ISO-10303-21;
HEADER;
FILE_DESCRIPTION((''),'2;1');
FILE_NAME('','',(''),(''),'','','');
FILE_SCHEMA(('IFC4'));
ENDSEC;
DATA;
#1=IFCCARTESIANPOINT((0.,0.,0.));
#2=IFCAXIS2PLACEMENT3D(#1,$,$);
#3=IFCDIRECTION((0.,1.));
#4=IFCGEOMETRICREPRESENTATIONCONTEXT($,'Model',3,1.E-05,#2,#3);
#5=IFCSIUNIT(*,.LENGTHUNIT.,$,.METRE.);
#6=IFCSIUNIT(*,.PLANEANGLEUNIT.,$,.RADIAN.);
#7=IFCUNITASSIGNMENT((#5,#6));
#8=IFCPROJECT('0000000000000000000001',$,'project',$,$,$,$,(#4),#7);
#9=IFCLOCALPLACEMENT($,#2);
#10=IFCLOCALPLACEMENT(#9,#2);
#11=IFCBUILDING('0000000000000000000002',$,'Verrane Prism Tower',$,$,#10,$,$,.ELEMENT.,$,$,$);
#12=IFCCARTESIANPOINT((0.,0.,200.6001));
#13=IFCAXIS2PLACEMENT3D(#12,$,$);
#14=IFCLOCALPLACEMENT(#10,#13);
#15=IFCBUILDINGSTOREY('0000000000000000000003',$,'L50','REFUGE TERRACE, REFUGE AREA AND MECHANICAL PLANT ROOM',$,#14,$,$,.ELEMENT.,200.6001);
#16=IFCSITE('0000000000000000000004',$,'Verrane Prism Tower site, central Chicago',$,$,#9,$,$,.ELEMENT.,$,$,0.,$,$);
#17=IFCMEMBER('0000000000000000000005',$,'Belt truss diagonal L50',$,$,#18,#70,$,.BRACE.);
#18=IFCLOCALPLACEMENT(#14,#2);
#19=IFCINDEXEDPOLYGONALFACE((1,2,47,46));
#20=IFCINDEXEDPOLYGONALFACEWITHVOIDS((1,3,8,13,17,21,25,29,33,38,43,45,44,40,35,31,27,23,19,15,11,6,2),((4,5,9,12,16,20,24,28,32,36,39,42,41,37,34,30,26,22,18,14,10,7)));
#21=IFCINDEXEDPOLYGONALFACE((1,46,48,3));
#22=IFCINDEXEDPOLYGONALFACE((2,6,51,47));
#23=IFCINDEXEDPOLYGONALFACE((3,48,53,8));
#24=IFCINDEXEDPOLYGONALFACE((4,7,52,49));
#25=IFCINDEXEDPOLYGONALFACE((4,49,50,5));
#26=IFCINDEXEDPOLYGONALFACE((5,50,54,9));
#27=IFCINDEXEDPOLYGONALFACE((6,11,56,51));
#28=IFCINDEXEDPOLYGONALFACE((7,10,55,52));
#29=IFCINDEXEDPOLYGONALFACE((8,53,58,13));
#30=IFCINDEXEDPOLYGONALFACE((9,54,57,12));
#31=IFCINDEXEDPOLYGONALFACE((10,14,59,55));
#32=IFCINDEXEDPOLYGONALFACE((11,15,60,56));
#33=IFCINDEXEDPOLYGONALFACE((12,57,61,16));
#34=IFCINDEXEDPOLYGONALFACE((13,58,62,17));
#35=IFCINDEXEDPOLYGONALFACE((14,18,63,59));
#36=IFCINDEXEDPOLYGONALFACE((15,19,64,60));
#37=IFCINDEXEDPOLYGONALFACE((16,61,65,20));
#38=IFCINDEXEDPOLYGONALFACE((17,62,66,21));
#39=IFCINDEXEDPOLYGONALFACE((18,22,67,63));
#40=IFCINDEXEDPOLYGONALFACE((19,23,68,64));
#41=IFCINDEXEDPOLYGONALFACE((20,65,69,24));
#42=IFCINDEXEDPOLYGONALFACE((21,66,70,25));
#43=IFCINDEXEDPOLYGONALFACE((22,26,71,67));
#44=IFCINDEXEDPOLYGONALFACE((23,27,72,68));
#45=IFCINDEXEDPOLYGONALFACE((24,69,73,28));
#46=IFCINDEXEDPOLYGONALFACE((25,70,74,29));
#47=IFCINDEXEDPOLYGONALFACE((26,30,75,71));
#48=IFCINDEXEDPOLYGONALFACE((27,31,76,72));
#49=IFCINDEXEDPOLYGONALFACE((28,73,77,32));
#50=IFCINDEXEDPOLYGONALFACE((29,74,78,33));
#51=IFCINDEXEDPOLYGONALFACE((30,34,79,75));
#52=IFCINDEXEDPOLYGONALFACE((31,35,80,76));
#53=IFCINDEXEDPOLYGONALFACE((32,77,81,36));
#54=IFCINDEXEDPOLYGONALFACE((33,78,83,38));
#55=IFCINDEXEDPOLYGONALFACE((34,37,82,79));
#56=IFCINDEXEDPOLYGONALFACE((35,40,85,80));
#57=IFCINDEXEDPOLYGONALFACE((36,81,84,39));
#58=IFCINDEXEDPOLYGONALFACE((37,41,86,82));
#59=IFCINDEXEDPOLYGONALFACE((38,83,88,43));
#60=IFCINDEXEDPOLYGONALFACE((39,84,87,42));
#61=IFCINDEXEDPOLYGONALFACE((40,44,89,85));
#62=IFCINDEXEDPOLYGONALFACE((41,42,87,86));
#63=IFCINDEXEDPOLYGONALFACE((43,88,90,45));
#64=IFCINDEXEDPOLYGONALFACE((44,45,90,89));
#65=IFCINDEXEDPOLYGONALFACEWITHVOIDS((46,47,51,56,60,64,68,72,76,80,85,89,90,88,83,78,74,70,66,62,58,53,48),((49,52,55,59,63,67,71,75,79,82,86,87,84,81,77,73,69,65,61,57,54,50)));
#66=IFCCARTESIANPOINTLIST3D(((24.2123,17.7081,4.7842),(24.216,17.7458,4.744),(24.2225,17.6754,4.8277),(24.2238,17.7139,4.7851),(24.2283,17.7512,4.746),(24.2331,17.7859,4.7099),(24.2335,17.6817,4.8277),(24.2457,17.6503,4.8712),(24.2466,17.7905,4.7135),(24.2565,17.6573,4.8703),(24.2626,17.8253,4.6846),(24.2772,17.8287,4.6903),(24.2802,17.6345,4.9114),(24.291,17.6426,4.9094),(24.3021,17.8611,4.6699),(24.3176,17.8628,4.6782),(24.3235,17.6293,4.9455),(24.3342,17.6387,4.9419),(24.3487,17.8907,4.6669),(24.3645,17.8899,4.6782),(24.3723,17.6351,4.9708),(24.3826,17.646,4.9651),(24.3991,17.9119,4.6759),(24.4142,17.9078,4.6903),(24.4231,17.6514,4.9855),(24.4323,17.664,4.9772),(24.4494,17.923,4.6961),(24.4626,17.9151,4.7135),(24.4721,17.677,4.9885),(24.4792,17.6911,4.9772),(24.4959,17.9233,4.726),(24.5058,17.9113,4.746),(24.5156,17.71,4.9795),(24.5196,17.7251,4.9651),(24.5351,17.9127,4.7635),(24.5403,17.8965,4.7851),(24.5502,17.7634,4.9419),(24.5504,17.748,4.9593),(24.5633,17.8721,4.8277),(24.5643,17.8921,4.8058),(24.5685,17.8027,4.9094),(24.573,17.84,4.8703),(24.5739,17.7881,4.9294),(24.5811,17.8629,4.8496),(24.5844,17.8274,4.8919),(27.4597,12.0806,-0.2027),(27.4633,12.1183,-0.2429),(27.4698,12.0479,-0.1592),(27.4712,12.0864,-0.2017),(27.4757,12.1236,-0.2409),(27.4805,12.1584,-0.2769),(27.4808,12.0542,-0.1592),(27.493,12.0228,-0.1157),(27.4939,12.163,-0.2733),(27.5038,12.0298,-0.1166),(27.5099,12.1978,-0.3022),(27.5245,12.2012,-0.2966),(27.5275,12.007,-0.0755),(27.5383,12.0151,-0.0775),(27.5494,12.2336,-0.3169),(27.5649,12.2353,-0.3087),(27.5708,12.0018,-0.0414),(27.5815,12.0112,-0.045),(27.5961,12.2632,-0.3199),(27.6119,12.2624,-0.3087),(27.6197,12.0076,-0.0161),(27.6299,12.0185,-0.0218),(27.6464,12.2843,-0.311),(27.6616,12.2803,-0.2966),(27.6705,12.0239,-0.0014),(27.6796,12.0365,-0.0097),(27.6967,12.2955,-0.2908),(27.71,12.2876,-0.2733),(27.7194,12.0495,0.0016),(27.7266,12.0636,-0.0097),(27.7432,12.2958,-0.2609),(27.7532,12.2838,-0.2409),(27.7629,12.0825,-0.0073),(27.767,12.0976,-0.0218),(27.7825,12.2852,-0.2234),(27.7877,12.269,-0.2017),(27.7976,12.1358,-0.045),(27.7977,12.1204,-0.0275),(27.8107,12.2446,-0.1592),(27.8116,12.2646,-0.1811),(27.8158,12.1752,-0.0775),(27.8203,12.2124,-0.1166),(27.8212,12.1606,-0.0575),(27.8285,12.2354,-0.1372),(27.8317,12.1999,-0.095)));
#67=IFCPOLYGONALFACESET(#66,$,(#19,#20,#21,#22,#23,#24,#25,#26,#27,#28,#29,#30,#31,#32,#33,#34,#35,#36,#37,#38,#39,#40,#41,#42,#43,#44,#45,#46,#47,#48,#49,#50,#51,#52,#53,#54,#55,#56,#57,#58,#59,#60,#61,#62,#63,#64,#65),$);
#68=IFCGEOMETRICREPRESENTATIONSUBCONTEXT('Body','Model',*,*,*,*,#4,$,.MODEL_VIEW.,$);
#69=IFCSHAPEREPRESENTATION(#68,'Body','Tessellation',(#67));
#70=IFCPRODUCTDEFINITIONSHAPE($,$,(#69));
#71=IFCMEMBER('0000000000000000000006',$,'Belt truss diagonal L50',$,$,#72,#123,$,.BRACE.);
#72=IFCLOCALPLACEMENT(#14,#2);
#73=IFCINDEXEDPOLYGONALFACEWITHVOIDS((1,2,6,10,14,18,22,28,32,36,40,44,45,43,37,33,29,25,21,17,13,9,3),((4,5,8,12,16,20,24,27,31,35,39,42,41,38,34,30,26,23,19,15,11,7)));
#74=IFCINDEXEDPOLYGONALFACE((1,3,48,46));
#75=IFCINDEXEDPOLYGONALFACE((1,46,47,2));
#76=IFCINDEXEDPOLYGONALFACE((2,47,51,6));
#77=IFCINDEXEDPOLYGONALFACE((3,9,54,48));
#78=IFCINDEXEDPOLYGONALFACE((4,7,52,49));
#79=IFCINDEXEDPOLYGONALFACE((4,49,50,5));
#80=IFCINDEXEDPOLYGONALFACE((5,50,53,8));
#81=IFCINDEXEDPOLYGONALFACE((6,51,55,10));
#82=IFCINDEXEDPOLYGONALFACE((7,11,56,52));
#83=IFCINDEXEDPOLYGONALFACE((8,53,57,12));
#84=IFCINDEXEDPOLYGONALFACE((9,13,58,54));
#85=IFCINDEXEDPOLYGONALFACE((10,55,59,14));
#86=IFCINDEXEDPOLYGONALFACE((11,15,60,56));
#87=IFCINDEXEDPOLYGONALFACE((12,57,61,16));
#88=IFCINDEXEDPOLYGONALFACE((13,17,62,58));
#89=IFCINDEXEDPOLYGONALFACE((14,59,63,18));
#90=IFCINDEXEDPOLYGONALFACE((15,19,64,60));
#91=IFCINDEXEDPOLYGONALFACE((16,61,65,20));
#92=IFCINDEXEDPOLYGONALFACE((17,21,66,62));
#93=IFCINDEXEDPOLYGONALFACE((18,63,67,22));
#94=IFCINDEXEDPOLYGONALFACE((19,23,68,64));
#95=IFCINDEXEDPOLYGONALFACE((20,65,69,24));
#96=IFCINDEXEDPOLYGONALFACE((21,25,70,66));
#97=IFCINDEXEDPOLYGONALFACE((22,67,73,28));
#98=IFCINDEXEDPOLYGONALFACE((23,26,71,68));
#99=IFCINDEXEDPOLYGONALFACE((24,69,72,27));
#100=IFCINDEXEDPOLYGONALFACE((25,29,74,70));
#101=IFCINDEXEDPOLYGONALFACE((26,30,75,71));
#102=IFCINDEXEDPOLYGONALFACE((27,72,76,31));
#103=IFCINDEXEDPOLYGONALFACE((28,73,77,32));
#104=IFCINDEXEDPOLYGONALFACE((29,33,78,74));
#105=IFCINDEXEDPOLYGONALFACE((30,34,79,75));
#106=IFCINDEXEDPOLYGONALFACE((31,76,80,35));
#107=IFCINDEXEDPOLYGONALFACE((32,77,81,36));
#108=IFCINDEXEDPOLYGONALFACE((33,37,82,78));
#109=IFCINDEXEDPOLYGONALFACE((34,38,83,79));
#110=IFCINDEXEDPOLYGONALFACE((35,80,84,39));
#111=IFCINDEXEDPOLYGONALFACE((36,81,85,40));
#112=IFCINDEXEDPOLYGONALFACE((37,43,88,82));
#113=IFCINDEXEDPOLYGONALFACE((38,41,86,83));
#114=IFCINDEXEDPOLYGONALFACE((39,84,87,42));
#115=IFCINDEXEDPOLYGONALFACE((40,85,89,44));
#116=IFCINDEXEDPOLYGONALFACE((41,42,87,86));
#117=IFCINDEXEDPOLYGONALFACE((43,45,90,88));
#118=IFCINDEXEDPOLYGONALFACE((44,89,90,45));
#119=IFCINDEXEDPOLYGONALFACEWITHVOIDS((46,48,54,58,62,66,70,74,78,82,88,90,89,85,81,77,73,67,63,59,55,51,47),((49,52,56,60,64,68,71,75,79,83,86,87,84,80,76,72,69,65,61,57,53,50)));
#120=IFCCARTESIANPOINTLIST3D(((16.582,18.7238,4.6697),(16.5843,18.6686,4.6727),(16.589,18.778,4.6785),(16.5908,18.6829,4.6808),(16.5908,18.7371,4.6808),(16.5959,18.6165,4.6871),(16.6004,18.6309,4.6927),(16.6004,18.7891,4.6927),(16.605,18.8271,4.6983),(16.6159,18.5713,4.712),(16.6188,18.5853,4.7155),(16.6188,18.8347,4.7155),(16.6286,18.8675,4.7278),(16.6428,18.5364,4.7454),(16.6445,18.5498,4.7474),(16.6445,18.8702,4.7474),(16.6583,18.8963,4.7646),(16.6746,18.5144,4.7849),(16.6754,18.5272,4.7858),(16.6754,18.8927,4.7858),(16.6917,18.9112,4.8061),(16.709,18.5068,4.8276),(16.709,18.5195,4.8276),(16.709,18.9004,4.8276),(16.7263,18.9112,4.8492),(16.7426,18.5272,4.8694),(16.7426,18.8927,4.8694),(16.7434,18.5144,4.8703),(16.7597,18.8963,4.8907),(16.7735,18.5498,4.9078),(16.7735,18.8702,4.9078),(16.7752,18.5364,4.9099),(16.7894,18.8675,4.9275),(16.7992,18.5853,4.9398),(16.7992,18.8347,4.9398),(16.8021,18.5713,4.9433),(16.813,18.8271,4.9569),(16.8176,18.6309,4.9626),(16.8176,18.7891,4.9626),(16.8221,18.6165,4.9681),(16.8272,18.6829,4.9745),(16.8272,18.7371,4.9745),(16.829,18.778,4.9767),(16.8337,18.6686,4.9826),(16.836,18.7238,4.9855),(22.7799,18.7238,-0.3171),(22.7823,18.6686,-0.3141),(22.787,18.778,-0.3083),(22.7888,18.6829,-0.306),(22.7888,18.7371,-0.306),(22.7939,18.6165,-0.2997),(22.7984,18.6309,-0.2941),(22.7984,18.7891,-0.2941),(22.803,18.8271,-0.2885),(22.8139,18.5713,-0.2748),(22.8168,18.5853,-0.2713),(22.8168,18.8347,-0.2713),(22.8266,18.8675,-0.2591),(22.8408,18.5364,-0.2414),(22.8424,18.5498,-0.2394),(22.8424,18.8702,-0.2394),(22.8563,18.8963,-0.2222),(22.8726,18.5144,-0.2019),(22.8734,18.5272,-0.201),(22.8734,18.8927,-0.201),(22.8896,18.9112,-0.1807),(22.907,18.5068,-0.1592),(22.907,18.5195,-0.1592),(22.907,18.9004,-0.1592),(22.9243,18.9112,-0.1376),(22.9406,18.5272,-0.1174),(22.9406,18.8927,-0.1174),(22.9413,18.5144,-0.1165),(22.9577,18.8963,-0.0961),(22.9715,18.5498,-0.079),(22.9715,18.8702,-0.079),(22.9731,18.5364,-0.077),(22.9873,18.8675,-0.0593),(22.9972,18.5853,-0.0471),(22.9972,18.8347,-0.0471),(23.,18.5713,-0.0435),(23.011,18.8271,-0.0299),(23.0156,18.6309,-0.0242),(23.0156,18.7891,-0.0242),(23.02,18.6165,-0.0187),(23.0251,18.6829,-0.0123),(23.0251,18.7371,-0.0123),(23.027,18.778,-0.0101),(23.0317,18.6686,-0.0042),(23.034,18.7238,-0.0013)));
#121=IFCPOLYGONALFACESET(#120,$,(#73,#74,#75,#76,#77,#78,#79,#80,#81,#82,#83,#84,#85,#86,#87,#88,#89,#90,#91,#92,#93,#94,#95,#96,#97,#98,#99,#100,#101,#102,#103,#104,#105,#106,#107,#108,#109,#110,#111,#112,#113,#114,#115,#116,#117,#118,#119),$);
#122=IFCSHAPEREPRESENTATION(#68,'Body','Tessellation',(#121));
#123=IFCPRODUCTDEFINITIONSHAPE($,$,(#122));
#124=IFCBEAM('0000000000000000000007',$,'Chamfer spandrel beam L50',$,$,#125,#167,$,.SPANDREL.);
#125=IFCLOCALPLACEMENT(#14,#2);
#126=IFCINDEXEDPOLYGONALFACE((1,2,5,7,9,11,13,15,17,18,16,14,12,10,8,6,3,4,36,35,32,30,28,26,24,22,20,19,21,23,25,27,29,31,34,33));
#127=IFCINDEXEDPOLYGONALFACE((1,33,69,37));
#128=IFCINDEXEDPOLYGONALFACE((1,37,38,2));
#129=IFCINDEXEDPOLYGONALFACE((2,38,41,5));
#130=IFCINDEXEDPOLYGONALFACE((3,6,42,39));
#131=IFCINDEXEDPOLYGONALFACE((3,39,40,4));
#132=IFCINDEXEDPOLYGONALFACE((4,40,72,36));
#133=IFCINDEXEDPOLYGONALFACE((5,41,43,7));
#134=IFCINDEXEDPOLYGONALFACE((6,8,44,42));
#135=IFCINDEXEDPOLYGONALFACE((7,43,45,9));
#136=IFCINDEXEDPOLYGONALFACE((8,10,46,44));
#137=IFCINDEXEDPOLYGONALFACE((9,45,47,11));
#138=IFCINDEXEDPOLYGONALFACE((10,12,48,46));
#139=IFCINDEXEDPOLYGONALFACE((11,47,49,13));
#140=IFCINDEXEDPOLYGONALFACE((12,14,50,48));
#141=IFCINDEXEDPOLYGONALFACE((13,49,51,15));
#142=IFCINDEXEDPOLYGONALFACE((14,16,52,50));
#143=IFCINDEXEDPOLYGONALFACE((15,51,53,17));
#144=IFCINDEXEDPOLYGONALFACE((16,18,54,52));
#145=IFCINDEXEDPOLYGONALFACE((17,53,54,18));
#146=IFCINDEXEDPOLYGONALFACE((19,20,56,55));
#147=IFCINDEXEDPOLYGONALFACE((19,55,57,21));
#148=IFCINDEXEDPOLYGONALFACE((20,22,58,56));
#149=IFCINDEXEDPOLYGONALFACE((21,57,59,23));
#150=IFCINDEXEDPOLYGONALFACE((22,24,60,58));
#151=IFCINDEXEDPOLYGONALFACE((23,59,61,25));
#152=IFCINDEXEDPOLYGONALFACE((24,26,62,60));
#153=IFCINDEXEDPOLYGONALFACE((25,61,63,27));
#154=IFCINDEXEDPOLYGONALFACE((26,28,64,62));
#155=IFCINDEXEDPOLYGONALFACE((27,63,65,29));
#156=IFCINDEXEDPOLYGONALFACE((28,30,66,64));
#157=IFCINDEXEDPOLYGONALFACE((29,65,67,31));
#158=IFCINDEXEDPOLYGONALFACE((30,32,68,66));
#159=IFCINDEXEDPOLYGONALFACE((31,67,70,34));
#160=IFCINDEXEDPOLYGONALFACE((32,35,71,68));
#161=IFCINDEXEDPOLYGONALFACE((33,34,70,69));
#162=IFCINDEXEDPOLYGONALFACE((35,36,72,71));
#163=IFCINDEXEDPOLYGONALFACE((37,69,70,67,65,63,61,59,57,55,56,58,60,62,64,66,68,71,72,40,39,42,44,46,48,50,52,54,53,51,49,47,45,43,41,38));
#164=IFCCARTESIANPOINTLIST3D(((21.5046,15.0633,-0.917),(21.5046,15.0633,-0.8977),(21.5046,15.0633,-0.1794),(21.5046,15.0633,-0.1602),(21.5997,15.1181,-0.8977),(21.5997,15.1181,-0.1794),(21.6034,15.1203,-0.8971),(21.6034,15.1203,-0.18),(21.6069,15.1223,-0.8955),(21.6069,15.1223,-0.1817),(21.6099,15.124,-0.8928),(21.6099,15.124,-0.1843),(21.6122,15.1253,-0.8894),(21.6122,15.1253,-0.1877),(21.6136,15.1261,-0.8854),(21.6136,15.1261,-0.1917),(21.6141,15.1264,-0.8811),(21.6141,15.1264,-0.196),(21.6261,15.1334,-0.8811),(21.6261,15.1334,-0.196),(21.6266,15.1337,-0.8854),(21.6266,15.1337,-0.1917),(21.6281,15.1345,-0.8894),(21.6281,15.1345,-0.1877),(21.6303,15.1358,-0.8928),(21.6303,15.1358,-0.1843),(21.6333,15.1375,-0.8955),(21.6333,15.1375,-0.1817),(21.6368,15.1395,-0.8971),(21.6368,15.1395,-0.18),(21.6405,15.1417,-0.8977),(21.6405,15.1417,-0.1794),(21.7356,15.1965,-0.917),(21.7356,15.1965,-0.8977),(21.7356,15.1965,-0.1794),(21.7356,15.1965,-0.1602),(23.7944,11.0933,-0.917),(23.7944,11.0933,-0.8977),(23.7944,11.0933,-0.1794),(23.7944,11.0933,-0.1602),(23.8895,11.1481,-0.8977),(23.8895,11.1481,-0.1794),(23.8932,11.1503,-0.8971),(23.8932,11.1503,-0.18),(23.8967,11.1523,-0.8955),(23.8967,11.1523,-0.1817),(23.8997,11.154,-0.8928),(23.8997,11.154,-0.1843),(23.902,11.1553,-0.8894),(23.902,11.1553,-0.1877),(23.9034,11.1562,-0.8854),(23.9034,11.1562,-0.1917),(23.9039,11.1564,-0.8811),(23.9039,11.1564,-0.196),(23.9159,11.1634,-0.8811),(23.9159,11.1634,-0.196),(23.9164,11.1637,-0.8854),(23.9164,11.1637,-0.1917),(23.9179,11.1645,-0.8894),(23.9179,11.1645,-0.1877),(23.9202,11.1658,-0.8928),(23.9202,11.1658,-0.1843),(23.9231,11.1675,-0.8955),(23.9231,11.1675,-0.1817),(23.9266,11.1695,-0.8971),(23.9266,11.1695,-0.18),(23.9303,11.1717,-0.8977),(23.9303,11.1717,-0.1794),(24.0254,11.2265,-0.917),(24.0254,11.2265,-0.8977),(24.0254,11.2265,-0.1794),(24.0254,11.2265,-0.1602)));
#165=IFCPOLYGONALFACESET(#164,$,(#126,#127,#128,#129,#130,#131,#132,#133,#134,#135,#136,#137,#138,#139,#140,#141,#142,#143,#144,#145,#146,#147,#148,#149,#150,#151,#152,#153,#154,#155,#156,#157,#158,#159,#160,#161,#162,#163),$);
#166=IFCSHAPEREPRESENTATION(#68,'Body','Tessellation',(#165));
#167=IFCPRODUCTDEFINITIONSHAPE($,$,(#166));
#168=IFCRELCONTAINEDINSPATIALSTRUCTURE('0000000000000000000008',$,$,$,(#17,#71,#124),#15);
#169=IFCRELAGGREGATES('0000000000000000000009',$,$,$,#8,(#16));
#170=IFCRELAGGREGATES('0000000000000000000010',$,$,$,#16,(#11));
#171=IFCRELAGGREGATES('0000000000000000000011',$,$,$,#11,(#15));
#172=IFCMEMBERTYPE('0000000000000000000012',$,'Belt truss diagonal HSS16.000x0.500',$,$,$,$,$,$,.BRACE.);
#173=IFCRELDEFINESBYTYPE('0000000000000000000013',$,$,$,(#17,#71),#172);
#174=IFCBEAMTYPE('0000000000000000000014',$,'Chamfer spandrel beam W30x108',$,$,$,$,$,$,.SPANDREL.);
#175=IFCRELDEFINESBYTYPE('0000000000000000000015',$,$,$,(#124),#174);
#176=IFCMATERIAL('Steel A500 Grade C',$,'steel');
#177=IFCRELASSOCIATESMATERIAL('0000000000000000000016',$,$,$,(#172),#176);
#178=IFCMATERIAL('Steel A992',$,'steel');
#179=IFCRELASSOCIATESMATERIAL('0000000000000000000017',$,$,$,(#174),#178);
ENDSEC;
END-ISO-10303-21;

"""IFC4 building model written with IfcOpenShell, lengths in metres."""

from ifc_helpers import new_model, si_unit, direction, frame, origin, origin_2d, place, context, subcontext, project, spatial, hollow_circle, i_section, extrude, material, material_profile, profile_set, type_object, element, save


model = new_model("IFC4")

# Units and contexts
model_context = context("Model", 3, precision=1e-05, world=origin(), true_north=direction((0.0, 1.0)))
body_context = subcontext(model_context, "Body", "Model", "MODEL_VIEW")
ifc_project = project(units=[si_unit("LENGTHUNIT", "METRE"), si_unit("PLANEANGLEUNIT", "RADIAN")], contexts=[model_context])

# Site, building, storey
site_placement = place(None, origin())
site = spatial("IfcSite", under=ifc_project, at=site_placement, Name="Verrane Prism Tower site, central Chicago", CompositionType="ELEMENT", RefElevation=0.0)
building_placement = place(site_placement, origin())
building = spatial("IfcBuilding", under=site, at=building_placement, Name="Verrane Prism Tower", CompositionType="ELEMENT")
storey_placement = place(building_placement, frame((0.0, 0.0, 200.6001)))
storey = spatial("IfcBuildingStorey", under=building, at=storey_placement, Name="L50", Description="REFUGE TERRACE, REFUGE AREA AND MECHANICAL PLANT ROOM", CompositionType="ELEMENT", Elevation=200.6001)

# Members
ifc_material_1 = material(Name="Steel A500 Grade C", Category="steel")
ifc_material_profile_1 = material_profile(ifc_material_1, hollow_circle(Radius=0.2031, WallThickness=0.0127, at=origin_2d()), Name="HSS16.000x0.500")
ifc_profile_set_1 = profile_set([ifc_material_profile_1], Name="Steel A500 Grade C")
member_type_1 = type_object("IfcMemberType", Name="Belt truss diagonal HSS16.000x0.500", PredefinedType="BRACE", material=ifc_profile_set_1)
member_1_placement = place(storey_placement, frame((27.6458, 12.1494, -0.1592), z_axis=(-0.396482, 0.687084, 0.608866), x_axis=(-0.866138, -0.499805, 0.0)))
element("IfcMember", 1, at=member_1_placement, inside=storey, type_object=member_type_1, Name="Belt truss diagonal L50", PredefinedType="BRACE", context=body_context, shape_type="SweptSolid", body=[
    extrude(hollow_circle(Radius=0.2031, WallThickness=0.0127, at=origin_2d()), origin(), (0.0, 0.0, 1.0), 8.1904),
])
member_2_placement = place(storey_placement, frame((22.907, 18.71, -0.1592), z_axis=(-0.779123, 0.0, 0.626871), x_axis=(0.0, -1.0, 0.0)))
element("IfcMember", 2, at=member_2_placement, inside=storey, type_object=member_type_1, Name="Belt truss diagonal L50", PredefinedType="BRACE", context=body_context, shape_type="SweptSolid", body=[
    extrude(hollow_circle(Radius=0.2031, WallThickness=0.0127, at=origin_2d()), origin(), (0.0, 0.0, 1.0), 7.9551),
])

# Beam
ifc_material_2 = material(Name="Steel A992", Category="steel")
ifc_material_profile_2 = material_profile(ifc_material_2, i_section(OverallWidth=0.2666, OverallDepth=0.7568, WebThickness=0.0139, FlangeThickness=0.0193, FilletRadius=0.0166, at=origin_2d()), Name="W30x108")
ifc_profile_set_2 = profile_set([ifc_material_profile_2], Name="Steel A992")
beam_type_1 = type_object("IfcBeamType", Name="Chamfer spandrel beam W30x108", PredefinedType="SPANDREL", material=ifc_profile_set_2)
beam_1_placement = place(storey_placement, frame((23.9099, 11.1599, -0.5386), z_axis=(-0.499629, 0.86624, 0.0), x_axis=(-0.86624, -0.499629, 0.0)))
element("IfcBeam", 3, at=beam_1_placement, inside=storey, type_object=beam_type_1, Name="Chamfer spandrel beam L50", PredefinedType="SPANDREL", context=body_context, shape_type="SweptSolid", body=[
    extrude(i_section(OverallWidth=0.2666, OverallDepth=0.7568, WebThickness=0.0139, FlangeThickness=0.0193, FilletRadius=0.0166, at=origin_2d()), origin(), (0.0, 0.0, 1.0), 4.583),
])

save(model, "model.ifc")
